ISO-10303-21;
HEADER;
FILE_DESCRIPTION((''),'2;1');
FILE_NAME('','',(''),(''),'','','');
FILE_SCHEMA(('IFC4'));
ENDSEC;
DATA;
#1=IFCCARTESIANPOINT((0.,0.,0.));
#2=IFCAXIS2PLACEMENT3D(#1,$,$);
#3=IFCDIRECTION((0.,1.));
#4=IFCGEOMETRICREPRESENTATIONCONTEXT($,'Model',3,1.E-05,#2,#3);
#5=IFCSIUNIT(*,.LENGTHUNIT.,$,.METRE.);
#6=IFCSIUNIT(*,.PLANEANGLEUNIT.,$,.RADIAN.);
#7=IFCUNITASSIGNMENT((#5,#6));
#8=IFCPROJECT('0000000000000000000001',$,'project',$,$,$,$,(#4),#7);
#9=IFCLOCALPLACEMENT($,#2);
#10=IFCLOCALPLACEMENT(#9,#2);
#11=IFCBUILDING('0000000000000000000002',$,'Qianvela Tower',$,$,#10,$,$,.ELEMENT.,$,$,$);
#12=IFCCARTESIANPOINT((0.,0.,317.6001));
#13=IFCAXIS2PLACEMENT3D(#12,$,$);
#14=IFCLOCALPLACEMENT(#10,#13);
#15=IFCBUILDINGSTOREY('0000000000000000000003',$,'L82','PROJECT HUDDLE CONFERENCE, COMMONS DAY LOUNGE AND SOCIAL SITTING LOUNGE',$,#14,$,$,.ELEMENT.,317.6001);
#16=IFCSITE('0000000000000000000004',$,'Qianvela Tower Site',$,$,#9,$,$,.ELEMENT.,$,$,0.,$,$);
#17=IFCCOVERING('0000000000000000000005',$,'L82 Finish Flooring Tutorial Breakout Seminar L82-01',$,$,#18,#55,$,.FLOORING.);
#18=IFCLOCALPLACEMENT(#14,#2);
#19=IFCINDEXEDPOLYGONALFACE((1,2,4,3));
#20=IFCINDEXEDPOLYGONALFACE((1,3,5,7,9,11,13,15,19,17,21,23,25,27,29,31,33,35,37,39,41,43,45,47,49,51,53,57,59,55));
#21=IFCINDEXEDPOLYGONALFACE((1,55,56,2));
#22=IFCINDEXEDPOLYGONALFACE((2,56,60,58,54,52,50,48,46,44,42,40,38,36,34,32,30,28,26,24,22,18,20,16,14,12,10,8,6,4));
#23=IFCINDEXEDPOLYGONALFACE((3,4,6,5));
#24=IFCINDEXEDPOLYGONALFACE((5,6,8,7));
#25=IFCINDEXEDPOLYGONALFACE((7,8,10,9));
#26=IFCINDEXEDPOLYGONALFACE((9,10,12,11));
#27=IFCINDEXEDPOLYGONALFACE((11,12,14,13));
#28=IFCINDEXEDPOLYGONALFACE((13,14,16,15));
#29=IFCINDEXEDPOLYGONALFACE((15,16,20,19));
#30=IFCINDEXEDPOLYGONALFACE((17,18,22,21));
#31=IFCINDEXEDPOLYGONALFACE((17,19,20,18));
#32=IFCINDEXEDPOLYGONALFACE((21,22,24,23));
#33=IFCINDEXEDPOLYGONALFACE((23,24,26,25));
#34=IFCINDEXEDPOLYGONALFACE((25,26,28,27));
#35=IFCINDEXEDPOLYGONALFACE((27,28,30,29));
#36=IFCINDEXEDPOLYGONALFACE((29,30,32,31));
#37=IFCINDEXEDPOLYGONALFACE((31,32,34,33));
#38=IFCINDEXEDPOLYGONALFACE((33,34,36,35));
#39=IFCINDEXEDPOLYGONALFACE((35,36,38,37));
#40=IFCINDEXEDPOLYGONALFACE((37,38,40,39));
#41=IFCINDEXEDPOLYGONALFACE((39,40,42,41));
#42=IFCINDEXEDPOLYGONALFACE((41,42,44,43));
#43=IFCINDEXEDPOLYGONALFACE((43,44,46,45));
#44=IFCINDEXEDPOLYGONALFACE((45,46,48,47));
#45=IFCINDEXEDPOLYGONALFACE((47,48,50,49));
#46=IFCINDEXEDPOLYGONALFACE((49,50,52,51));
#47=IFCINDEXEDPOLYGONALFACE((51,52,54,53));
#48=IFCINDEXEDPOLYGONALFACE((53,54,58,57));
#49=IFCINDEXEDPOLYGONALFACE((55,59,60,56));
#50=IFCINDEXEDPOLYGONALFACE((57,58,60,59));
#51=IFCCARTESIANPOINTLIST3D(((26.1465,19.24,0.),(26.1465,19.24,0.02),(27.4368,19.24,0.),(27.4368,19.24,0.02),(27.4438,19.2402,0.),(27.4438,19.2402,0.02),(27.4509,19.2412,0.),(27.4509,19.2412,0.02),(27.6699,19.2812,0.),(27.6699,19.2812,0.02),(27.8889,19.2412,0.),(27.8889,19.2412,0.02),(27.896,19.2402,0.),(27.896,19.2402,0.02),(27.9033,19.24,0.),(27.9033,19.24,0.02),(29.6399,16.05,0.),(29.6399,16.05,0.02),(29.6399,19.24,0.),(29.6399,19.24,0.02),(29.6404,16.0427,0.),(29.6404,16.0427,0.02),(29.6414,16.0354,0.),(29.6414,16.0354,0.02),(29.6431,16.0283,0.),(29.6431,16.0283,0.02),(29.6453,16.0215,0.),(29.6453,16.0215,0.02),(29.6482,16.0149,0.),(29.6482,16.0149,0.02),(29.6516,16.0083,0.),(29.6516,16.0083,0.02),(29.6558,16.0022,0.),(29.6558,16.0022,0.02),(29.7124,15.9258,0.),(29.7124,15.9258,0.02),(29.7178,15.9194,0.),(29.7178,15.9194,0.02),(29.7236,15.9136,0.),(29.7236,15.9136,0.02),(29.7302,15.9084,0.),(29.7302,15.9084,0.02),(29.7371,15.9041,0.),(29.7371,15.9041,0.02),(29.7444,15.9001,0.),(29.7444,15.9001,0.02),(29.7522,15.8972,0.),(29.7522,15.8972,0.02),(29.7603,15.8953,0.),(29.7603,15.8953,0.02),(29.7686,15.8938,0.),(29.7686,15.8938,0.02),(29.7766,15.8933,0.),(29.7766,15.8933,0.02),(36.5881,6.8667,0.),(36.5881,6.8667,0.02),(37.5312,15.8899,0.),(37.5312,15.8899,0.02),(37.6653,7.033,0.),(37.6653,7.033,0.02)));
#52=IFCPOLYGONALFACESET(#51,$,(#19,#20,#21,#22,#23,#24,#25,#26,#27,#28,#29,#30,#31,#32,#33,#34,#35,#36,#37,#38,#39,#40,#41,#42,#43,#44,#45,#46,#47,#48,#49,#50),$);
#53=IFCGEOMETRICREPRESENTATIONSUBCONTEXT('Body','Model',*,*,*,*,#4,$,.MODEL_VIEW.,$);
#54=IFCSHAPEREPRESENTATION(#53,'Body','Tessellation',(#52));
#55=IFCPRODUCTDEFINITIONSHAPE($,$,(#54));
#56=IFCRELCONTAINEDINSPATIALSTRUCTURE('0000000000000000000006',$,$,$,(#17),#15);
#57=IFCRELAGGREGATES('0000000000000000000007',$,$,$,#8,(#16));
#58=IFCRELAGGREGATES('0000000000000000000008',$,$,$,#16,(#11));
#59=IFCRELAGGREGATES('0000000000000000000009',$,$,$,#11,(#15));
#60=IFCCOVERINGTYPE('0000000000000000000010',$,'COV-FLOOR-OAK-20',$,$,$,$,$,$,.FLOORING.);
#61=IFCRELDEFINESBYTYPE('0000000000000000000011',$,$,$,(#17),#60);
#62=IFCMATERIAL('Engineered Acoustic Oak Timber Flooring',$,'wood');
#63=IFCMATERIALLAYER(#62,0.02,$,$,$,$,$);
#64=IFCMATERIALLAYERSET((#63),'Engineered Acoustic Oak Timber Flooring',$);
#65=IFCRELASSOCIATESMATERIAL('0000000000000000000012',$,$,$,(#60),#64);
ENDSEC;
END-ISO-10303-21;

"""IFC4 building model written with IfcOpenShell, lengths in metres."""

from ifc_helpers import new_model, si_unit, direction, frame, origin, place, context, subcontext, project, spatial, polyline, outline, extrude, material, layer, layer_set, type_object, element, save


model = new_model("IFC4")

# Units and contexts
model_context = context("Model", 3, precision=1e-05, world=origin(), true_north=direction((0.0, 1.0)))
body_context = subcontext(model_context, "Body", "Model", "MODEL_VIEW")
ifc_project = project(units=[si_unit("LENGTHUNIT", "METRE"), si_unit("PLANEANGLEUNIT", "RADIAN")], contexts=[model_context])

# Site, building, storey
site_placement = place(None, origin())
site = spatial("IfcSite", under=ifc_project, at=site_placement, Name="Qianvela Tower Site", CompositionType="ELEMENT", RefElevation=0.0)
building_placement = place(site_placement, origin())
building = spatial("IfcBuilding", under=site, at=building_placement, Name="Qianvela Tower", CompositionType="ELEMENT")
storey_placement = place(building_placement, frame((0.0, 0.0, 317.6001)))
storey = spatial("IfcBuildingStorey", under=building, at=storey_placement, Name="L82", Description="PROJECT HUDDLE CONFERENCE, COMMONS DAY LOUNGE AND SOCIAL SITTING LOUNGE", CompositionType="ELEMENT", Elevation=317.6001)

# Covering
ifc_material_1 = material(Name="Engineered Acoustic Oak Timber Flooring", Category="wood")
ifc_layer_1 = layer(ifc_material_1, 0.02)
ifc_layer_set_1 = layer_set([ifc_layer_1], Name="Engineered Acoustic Oak Timber Flooring")
covering_type_1 = type_object("IfcCoveringType", Name="COV-FLOOR-OAK-20", PredefinedType="FLOORING", material=ifc_layer_set_1)
covering_1_placement = place(storey_placement, origin())
element("IfcCovering", 1, at=covering_1_placement, inside=storey, type_object=covering_type_1, Name="L82 Finish Flooring Tutorial Breakout Seminar L82-01", PredefinedType="FLOORING", context=body_context, shape_type="SweptSolid", body=[
    extrude(outline(polyline([(37.6653, 7.033), (36.5881, 6.8667), (26.1465, 19.24), (27.4368, 19.24), (27.4438, 19.2402), (27.4509, 19.2412), (27.6699, 19.2812), (27.8889, 19.2412), (27.896, 19.2402), (27.9033, 19.24), (29.6399, 19.24), (29.6399, 16.05), (29.6404, 16.0427), (29.6414, 16.0354), (29.6431, 16.0283), (29.6453, 16.0215), (29.6482, 16.0149), (29.6516, 16.0083), (29.6558, 16.0022), (29.7124, 15.9258), (29.7178, 15.9194), (29.7236, 15.9136), (29.7302, 15.9084), (29.7371, 15.9041), (29.7444, 15.9001), (29.7522, 15.8972), (29.7603, 15.8953), (29.7686, 15.8938), (29.7766, 15.8933), (37.5312, 15.8899), (37.6653, 7.033)])), origin(), (0.0, 0.0, 1.0), 0.02),
])

save(model, "model.ifc")
